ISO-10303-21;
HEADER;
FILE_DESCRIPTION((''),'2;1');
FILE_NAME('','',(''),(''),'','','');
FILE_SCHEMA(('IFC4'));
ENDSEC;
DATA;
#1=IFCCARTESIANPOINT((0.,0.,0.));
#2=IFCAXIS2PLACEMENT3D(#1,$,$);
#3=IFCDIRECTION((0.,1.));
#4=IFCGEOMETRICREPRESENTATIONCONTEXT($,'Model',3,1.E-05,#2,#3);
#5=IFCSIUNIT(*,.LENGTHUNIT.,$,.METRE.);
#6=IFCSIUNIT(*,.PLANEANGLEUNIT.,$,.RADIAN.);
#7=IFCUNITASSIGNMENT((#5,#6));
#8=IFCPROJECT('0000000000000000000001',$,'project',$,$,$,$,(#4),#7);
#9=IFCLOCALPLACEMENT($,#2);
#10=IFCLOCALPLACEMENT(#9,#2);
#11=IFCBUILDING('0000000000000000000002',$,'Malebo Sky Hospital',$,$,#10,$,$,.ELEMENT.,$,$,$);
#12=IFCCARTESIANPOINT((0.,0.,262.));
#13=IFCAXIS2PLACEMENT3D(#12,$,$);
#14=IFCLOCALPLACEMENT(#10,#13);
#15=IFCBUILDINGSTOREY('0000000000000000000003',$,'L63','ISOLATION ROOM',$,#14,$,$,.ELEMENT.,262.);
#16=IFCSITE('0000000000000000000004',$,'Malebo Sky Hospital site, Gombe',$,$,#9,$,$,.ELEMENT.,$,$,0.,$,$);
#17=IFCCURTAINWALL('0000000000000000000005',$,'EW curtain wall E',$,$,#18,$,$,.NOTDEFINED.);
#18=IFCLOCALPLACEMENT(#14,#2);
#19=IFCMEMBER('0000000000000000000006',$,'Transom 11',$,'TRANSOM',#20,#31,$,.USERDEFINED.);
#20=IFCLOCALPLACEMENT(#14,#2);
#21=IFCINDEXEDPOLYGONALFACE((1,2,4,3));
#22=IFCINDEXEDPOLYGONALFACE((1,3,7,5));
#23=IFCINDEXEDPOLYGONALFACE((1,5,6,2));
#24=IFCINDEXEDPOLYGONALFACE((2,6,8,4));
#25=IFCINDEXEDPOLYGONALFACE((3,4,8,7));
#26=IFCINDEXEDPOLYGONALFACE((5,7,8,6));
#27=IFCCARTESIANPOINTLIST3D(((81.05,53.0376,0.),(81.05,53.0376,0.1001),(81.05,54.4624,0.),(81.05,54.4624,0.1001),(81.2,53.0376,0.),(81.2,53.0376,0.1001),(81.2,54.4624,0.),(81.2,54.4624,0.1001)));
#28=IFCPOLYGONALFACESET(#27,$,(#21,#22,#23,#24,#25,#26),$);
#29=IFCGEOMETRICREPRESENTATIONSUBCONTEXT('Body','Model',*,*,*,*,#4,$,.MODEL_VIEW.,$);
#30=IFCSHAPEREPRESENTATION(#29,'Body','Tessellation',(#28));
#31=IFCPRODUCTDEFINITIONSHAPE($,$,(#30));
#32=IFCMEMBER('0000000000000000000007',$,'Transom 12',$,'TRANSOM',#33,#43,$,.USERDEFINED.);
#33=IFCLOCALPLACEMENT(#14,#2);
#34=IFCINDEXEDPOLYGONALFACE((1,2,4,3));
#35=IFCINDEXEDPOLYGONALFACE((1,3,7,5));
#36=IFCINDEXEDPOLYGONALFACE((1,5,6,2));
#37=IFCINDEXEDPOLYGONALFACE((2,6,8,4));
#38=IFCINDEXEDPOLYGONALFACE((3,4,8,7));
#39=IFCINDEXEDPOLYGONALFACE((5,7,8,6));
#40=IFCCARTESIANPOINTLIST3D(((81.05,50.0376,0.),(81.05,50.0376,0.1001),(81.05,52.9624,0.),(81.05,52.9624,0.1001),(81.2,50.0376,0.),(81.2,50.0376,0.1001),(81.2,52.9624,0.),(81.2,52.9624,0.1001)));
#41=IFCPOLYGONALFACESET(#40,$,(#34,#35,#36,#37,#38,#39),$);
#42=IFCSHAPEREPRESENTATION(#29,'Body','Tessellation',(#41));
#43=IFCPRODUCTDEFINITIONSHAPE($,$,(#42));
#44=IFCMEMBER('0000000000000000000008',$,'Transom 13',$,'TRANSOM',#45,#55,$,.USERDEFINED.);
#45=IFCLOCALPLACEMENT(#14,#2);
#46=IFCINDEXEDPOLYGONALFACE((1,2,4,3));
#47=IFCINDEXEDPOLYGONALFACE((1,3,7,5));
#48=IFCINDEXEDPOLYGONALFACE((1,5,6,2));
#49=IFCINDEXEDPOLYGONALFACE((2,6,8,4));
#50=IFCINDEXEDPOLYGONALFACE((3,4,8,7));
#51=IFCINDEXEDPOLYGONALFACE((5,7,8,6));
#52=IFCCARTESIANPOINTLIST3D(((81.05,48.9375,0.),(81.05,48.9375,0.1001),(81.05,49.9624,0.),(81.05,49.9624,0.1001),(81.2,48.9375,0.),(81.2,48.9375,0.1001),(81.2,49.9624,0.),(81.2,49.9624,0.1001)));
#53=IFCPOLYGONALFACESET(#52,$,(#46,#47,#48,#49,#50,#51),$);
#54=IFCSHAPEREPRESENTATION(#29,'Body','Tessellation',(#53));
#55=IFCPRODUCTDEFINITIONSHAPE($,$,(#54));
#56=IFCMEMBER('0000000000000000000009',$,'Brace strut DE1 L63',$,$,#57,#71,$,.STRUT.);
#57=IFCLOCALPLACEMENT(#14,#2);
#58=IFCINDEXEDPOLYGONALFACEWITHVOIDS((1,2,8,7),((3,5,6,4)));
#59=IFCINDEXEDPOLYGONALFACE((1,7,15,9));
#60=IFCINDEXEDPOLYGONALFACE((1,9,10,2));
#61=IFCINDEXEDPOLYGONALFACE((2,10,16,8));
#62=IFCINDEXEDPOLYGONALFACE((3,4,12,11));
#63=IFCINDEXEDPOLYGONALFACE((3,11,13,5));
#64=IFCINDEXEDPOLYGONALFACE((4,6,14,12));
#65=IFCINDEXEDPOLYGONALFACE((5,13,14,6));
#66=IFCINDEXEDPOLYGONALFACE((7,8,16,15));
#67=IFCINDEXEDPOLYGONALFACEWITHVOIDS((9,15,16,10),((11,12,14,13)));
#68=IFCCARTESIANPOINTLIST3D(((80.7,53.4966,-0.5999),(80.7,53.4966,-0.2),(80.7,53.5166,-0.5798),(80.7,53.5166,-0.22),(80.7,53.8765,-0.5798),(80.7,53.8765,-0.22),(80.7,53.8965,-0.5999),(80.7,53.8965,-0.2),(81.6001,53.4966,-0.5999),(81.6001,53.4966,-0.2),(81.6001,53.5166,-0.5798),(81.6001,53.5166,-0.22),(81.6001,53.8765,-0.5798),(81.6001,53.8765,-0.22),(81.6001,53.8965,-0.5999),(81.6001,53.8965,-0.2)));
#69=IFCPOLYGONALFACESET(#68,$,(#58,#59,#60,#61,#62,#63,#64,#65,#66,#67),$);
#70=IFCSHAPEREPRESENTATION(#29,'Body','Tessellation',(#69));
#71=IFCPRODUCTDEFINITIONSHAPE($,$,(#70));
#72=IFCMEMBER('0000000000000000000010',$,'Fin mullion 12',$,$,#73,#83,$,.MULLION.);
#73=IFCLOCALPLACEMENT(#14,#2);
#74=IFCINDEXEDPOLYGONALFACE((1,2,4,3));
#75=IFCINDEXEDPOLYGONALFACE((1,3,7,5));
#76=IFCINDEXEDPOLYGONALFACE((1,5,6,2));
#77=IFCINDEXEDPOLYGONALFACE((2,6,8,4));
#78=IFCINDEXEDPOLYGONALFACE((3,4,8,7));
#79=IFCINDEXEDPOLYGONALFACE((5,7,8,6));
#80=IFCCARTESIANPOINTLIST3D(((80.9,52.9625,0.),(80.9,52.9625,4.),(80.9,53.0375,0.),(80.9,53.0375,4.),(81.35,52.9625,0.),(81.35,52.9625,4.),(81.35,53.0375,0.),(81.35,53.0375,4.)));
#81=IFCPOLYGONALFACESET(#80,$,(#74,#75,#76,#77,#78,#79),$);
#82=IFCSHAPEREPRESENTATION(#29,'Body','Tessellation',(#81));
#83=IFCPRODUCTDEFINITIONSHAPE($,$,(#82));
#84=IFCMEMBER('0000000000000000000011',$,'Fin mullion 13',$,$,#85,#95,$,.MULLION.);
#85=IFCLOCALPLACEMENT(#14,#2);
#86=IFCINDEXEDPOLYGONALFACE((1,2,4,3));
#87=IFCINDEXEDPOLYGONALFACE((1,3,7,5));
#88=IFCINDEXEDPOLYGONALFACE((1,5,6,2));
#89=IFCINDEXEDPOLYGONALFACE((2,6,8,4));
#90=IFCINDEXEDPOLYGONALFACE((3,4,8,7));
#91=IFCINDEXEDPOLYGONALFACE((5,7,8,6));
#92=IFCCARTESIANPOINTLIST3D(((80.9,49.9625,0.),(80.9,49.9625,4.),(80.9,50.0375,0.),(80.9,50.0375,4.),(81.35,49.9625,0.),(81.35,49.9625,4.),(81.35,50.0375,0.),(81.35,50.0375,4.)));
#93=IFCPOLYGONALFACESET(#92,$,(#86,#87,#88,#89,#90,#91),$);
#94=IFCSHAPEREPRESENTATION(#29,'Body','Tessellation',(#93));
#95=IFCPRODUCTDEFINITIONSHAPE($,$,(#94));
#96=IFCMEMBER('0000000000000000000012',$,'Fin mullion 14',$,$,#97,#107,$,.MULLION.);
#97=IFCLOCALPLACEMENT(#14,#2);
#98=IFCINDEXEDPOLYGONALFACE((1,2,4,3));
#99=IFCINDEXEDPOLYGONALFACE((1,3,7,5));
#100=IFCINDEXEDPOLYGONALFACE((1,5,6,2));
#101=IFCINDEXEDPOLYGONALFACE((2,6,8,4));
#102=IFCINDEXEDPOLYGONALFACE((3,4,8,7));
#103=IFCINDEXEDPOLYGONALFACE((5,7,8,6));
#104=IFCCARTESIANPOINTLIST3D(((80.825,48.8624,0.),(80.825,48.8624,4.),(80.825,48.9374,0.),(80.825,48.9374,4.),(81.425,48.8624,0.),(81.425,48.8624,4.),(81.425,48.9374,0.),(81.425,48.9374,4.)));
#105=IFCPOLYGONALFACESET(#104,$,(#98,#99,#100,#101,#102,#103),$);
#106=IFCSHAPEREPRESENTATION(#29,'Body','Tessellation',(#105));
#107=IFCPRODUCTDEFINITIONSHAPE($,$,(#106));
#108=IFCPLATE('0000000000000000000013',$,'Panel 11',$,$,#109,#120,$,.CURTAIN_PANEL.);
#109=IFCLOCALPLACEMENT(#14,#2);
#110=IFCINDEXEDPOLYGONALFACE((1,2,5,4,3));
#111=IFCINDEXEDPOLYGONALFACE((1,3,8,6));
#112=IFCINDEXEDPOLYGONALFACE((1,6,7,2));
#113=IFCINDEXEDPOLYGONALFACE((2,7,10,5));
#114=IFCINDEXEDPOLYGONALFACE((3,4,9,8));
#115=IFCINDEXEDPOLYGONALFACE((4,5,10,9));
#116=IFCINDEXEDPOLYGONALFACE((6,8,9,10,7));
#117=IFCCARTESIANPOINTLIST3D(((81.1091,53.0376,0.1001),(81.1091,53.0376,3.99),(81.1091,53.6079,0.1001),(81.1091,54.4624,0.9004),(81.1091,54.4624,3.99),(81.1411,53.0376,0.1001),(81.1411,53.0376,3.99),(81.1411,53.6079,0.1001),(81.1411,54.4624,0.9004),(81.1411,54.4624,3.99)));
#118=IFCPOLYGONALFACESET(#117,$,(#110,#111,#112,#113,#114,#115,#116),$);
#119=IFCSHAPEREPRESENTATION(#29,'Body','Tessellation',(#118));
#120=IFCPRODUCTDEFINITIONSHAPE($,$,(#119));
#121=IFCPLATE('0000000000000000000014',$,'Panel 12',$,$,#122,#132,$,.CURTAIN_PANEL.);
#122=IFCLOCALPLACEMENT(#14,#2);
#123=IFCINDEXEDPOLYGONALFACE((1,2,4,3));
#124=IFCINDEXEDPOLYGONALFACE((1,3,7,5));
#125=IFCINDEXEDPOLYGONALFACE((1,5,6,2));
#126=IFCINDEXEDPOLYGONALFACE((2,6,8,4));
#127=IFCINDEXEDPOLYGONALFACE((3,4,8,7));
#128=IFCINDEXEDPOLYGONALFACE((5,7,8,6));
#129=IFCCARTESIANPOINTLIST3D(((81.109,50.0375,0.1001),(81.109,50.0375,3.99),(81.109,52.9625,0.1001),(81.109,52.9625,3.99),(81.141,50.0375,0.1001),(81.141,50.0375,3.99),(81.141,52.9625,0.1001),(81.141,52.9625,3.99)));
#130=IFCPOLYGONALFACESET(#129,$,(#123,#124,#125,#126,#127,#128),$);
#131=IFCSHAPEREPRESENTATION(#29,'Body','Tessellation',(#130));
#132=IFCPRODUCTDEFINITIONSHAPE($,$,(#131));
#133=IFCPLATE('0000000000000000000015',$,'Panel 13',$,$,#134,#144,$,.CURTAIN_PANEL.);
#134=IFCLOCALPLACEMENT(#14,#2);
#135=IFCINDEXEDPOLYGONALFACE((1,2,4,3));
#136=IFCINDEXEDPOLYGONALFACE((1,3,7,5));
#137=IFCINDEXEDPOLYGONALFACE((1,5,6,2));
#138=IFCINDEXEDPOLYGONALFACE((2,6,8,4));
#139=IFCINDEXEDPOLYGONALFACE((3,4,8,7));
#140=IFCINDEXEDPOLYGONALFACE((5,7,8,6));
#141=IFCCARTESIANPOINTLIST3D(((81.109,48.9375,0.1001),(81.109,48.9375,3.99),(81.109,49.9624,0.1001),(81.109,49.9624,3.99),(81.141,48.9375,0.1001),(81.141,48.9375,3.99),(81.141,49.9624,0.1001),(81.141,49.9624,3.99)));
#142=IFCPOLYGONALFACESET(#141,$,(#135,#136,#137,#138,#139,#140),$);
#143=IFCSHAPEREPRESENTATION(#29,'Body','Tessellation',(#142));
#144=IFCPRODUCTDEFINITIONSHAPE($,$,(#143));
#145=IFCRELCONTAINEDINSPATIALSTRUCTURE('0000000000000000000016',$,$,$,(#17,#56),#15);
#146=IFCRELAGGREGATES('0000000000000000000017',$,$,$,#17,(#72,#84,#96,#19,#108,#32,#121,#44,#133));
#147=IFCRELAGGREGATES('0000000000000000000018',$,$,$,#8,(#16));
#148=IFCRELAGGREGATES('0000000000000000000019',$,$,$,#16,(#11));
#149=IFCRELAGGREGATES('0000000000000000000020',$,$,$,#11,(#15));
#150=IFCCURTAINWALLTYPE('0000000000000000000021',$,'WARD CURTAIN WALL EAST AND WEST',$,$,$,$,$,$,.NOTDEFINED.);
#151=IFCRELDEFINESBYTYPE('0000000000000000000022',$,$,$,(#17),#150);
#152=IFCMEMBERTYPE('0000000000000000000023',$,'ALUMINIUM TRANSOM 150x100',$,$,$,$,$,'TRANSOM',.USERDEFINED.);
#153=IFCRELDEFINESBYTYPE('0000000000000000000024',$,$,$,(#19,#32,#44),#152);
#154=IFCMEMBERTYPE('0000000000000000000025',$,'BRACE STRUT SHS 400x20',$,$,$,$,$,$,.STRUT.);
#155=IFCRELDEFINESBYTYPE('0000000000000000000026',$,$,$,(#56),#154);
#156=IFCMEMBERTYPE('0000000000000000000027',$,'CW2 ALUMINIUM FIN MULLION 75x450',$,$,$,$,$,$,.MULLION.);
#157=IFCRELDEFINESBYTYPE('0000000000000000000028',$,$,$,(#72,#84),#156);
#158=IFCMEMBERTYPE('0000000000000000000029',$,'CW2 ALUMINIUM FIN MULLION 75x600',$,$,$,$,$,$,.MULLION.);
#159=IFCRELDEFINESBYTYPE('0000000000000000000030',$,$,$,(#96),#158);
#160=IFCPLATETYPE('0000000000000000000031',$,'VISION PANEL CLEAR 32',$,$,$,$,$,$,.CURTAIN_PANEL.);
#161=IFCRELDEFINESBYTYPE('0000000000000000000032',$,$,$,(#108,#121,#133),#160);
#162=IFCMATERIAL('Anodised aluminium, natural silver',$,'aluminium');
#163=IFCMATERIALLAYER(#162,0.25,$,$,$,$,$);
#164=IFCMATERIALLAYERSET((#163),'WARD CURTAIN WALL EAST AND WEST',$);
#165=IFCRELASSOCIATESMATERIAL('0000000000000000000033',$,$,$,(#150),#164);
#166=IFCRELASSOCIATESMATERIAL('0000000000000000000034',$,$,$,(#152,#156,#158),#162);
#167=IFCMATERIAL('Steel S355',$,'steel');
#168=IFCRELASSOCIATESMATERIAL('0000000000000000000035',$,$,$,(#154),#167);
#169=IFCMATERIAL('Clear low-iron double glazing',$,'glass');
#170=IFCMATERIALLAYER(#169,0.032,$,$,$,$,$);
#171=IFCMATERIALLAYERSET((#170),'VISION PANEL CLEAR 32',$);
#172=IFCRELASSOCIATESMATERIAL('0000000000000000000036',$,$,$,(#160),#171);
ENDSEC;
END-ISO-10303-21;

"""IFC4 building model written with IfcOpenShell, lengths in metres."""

from ifc_helpers import new_model, si_unit, direction, frame, origin, origin_2d, place, context, subcontext, project, spatial, polyline, rectangle, hollow_rectangle, outline, extrude, material, layer, layer_set, material_profile, profile_set, type_object, element, aggregate, save


model = new_model("IFC4")

# Units and contexts
model_context = context("Model", 3, precision=1e-05, world=origin(), true_north=direction((0.0, 1.0)))
body_context = subcontext(model_context, "Body", "Model", "MODEL_VIEW")
ifc_project = project(units=[si_unit("LENGTHUNIT", "METRE"), si_unit("PLANEANGLEUNIT", "RADIAN")], contexts=[model_context])

# Site, building, storey
site_placement = place(None, origin())
site = spatial("IfcSite", under=ifc_project, at=site_placement, Name="Malebo Sky Hospital site, Gombe", CompositionType="ELEMENT", RefElevation=0.0)
building_placement = place(site_placement, origin())
building = spatial("IfcBuilding", under=site, at=building_placement, Name="Malebo Sky Hospital", CompositionType="ELEMENT")
storey_placement = place(building_placement, frame((0.0, 0.0, 262.0)))
storey = spatial("IfcBuildingStorey", under=building, at=storey_placement, Name="L63", Description="ISOLATION ROOM", CompositionType="ELEMENT", Elevation=262.0)

# Curtain wall, members
ifc_material_1 = material(Name="Anodised aluminium, natural silver", Category="aluminium")
ifc_layer_1 = layer(ifc_material_1, 0.25)
ifc_layer_set_1 = layer_set([ifc_layer_1], Name="WARD CURTAIN WALL EAST AND WEST")
curtain_wall_type = type_object("IfcCurtainWallType", Name="WARD CURTAIN WALL EAST AND WEST", PredefinedType="NOTDEFINED", material=ifc_layer_set_1)
curtain_wall_placement = place(storey_placement, origin())
curtain_wall = element("IfcCurtainWall", 1, at=curtain_wall_placement, inside=storey, type_object=curtain_wall_type, Name="EW curtain wall E", PredefinedType="NOTDEFINED")
ifc_material_profile_1 = material_profile(ifc_material_1, rectangle(XDim=0.1499, YDim=0.1001, at=origin_2d()), Name="ALUMINIUM TRANSOM 150x100")
ifc_profile_set_1 = profile_set([ifc_material_profile_1], Name="Anodised aluminium, natural silver")
member_type_1 = type_object("IfcMemberType", Name="ALUMINIUM TRANSOM 150x100", ElementType="TRANSOM", PredefinedType="USERDEFINED", material=ifc_profile_set_1)
member_1_placement = place(storey_placement, frame((81.125, 54.4624, 0.05), z_axis=(0.0, -1.0, 0.0), x_axis=(1.0, 0.0, 0.0)))
member_1 = element("IfcMember", 2, at=member_1_placement, type_object=member_type_1, Name="Transom 11", ObjectType="TRANSOM", PredefinedType="USERDEFINED", context=body_context, shape_type="SweptSolid", body=[
    extrude(rectangle(XDim=0.1499, YDim=0.1001, at=origin_2d()), origin(), (0.0, 0.0, 1.0), 1.4248),
])
member_2_placement = place(storey_placement, frame((81.125, 52.9624, 0.05), z_axis=(0.0, -1.0, 0.0), x_axis=(1.0, 0.0, 0.0)))
member_2 = element("IfcMember", 3, at=member_2_placement, type_object=member_type_1, Name="Transom 12", ObjectType="TRANSOM", PredefinedType="USERDEFINED", context=body_context, shape_type="SweptSolid", body=[
    extrude(rectangle(XDim=0.1499, YDim=0.1001, at=origin_2d()), origin(), (0.0, 0.0, 1.0), 2.9248),
])
member_3_placement = place(storey_placement, frame((81.125, 49.9624, 0.05), z_axis=(0.0, -1.0, 0.0), x_axis=(1.0, 0.0, 0.0)))
member_3 = element("IfcMember", 4, at=member_3_placement, type_object=member_type_1, Name="Transom 13", ObjectType="TRANSOM", PredefinedType="USERDEFINED", context=body_context, shape_type="SweptSolid", body=[
    extrude(rectangle(XDim=0.1499, YDim=0.1001, at=origin_2d()), origin(), (0.0, 0.0, 1.0), 1.0249),
])

# Members
ifc_material_2 = material(Name="Steel S355", Category="steel")
ifc_material_profile_2 = material_profile(ifc_material_2, hollow_rectangle(XDim=0.3999, YDim=0.3999, WallThickness=0.02, at=origin_2d()), Name="SHS 400x20")
ifc_profile_set_2 = profile_set([ifc_material_profile_2], Name="Steel S355")
member_type_2 = type_object("IfcMemberType", Name="BRACE STRUT SHS 400x20", PredefinedType="STRUT", material=ifc_profile_set_2)
member_4_placement = place(storey_placement, frame((81.6001, 53.6965, -0.3999), z_axis=(-1.0, 0.0, 0.0), x_axis=(0.0, -1.0, 0.0)))
element("IfcMember", 5, at=member_4_placement, inside=storey, type_object=member_type_2, Name="Brace strut DE1 L63", PredefinedType="STRUT", context=body_context, shape_type="SweptSolid", body=[
    extrude(hollow_rectangle(XDim=0.3999, YDim=0.3999, WallThickness=0.02, at=origin_2d()), origin(), (0.0, 0.0, 1.0), 0.9001),
])
ifc_material_profile_3 = material_profile(ifc_material_1, rectangle(XDim=0.075, YDim=0.45, at=origin_2d()), Name="CW2 ALUMINIUM FIN MULLION 75x450")
ifc_profile_set_3 = profile_set([ifc_material_profile_3], Name="Anodised aluminium, natural silver")
member_type_3 = type_object("IfcMemberType", Name="CW2 ALUMINIUM FIN MULLION 75x450", PredefinedType="MULLION", material=ifc_profile_set_3)
member_5_placement = place(storey_placement, frame((81.125, 53.0, 0.0), z_axis=(0.0, 0.0, 1.0), x_axis=(0.0, -1.0, 0.0)))
member_5 = element("IfcMember", 6, at=member_5_placement, type_object=member_type_3, Name="Fin mullion 12", PredefinedType="MULLION", context=body_context, shape_type="SweptSolid", body=[
    extrude(rectangle(XDim=0.075, YDim=0.45, at=origin_2d()), origin(), (0.0, 0.0, 1.0), 4.0),
])
member_6_placement = place(storey_placement, frame((81.125, 50.0, 0.0), z_axis=(0.0, 0.0, 1.0), x_axis=(0.0, -1.0, 0.0)))
member_6 = element("IfcMember", 7, at=member_6_placement, type_object=member_type_3, Name="Fin mullion 13", PredefinedType="MULLION", context=body_context, shape_type="SweptSolid", body=[
    extrude(rectangle(XDim=0.075, YDim=0.45, at=origin_2d()), origin(), (0.0, 0.0, 1.0), 4.0),
])
ifc_material_profile_4 = material_profile(ifc_material_1, rectangle(XDim=0.075, YDim=0.6001, at=origin_2d()), Name="CW2 ALUMINIUM FIN MULLION 75x600")
ifc_profile_set_4 = profile_set([ifc_material_profile_4], Name="Anodised aluminium, natural silver")
member_type_4 = type_object("IfcMemberType", Name="CW2 ALUMINIUM FIN MULLION 75x600", PredefinedType="MULLION", material=ifc_profile_set_4)
member_7_placement = place(storey_placement, frame((81.125, 48.8999, 0.0), z_axis=(0.0, 0.0, 1.0), x_axis=(0.0, -1.0, 0.0)))
member_7 = element("IfcMember", 8, at=member_7_placement, type_object=member_type_4, Name="Fin mullion 14", PredefinedType="MULLION", context=body_context, shape_type="SweptSolid", body=[
    extrude(rectangle(XDim=0.075, YDim=0.6001, at=origin_2d()), origin(), (0.0, 0.0, 1.0), 4.0),
])

# Plates
ifc_material_3 = material(Name="Clear low-iron double glazing", Category="glass")
ifc_layer_2 = layer(ifc_material_3, 0.032)
ifc_layer_set_2 = layer_set([ifc_layer_2], Name="VISION PANEL CLEAR 32")
plate_type = type_object("IfcPlateType", Name="VISION PANEL CLEAR 32", PredefinedType="CURTAIN_PANEL", material=ifc_layer_set_2)
plate_1_placement = place(storey_placement, frame((81.125, 53.75, 0.1001), z_axis=(0.0, 0.0, 1.0), x_axis=(0.0, -1.0, 0.0)))
plate_1 = element("IfcPlate", 9, at=plate_1_placement, type_object=plate_type, Name="Panel 11", PredefinedType="CURTAIN_PANEL", context=body_context, shape_type="SweptSolid", body=[
    extrude(outline(polyline([(0.1421, 0.0), (0.7124, 0.0), (0.7124, 3.8899), (-0.7124, 3.8899), (-0.7124, 0.8003), (0.1421, 0.0)])), frame((0.0, 0.0161, 0.0), z_axis=(0.0, -1.0, 0.0), x_axis=(1.0, 0.0, 0.0)), (0.0, 0.0, 1.0), 0.032),
])
plate_2_placement = place(storey_placement, frame((81.125, 51.5, 0.1001), z_axis=(0.0, 0.0, 1.0), x_axis=(0.0, -1.0, 0.0)))
plate_2 = element("IfcPlate", 10, at=plate_2_placement, type_object=plate_type, Name="Panel 12", PredefinedType="CURTAIN_PANEL", context=body_context, shape_type="SweptSolid", body=[
    extrude(rectangle(XDim=2.925, YDim=0.032, at=origin_2d()), origin(), (0.0, 0.0, 1.0), 3.8899),
])
plate_3_placement = place(storey_placement, frame((81.125, 49.45, 0.1001), z_axis=(0.0, 0.0, 1.0), x_axis=(0.0, -1.0, 0.0)))
plate_3 = element("IfcPlate", 11, at=plate_3_placement, type_object=plate_type, Name="Panel 13", PredefinedType="CURTAIN_PANEL", context=body_context, shape_type="SweptSolid", body=[
    extrude(rectangle(XDim=1.0249, YDim=0.032, at=origin_2d()), origin(), (0.0, 0.0, 1.0), 3.8899),
])
aggregate(curtain_wall, [member_5, member_6, member_7, member_1, plate_1, member_2, plate_2, member_3, plate_3])

save(model, "model.ifc")
